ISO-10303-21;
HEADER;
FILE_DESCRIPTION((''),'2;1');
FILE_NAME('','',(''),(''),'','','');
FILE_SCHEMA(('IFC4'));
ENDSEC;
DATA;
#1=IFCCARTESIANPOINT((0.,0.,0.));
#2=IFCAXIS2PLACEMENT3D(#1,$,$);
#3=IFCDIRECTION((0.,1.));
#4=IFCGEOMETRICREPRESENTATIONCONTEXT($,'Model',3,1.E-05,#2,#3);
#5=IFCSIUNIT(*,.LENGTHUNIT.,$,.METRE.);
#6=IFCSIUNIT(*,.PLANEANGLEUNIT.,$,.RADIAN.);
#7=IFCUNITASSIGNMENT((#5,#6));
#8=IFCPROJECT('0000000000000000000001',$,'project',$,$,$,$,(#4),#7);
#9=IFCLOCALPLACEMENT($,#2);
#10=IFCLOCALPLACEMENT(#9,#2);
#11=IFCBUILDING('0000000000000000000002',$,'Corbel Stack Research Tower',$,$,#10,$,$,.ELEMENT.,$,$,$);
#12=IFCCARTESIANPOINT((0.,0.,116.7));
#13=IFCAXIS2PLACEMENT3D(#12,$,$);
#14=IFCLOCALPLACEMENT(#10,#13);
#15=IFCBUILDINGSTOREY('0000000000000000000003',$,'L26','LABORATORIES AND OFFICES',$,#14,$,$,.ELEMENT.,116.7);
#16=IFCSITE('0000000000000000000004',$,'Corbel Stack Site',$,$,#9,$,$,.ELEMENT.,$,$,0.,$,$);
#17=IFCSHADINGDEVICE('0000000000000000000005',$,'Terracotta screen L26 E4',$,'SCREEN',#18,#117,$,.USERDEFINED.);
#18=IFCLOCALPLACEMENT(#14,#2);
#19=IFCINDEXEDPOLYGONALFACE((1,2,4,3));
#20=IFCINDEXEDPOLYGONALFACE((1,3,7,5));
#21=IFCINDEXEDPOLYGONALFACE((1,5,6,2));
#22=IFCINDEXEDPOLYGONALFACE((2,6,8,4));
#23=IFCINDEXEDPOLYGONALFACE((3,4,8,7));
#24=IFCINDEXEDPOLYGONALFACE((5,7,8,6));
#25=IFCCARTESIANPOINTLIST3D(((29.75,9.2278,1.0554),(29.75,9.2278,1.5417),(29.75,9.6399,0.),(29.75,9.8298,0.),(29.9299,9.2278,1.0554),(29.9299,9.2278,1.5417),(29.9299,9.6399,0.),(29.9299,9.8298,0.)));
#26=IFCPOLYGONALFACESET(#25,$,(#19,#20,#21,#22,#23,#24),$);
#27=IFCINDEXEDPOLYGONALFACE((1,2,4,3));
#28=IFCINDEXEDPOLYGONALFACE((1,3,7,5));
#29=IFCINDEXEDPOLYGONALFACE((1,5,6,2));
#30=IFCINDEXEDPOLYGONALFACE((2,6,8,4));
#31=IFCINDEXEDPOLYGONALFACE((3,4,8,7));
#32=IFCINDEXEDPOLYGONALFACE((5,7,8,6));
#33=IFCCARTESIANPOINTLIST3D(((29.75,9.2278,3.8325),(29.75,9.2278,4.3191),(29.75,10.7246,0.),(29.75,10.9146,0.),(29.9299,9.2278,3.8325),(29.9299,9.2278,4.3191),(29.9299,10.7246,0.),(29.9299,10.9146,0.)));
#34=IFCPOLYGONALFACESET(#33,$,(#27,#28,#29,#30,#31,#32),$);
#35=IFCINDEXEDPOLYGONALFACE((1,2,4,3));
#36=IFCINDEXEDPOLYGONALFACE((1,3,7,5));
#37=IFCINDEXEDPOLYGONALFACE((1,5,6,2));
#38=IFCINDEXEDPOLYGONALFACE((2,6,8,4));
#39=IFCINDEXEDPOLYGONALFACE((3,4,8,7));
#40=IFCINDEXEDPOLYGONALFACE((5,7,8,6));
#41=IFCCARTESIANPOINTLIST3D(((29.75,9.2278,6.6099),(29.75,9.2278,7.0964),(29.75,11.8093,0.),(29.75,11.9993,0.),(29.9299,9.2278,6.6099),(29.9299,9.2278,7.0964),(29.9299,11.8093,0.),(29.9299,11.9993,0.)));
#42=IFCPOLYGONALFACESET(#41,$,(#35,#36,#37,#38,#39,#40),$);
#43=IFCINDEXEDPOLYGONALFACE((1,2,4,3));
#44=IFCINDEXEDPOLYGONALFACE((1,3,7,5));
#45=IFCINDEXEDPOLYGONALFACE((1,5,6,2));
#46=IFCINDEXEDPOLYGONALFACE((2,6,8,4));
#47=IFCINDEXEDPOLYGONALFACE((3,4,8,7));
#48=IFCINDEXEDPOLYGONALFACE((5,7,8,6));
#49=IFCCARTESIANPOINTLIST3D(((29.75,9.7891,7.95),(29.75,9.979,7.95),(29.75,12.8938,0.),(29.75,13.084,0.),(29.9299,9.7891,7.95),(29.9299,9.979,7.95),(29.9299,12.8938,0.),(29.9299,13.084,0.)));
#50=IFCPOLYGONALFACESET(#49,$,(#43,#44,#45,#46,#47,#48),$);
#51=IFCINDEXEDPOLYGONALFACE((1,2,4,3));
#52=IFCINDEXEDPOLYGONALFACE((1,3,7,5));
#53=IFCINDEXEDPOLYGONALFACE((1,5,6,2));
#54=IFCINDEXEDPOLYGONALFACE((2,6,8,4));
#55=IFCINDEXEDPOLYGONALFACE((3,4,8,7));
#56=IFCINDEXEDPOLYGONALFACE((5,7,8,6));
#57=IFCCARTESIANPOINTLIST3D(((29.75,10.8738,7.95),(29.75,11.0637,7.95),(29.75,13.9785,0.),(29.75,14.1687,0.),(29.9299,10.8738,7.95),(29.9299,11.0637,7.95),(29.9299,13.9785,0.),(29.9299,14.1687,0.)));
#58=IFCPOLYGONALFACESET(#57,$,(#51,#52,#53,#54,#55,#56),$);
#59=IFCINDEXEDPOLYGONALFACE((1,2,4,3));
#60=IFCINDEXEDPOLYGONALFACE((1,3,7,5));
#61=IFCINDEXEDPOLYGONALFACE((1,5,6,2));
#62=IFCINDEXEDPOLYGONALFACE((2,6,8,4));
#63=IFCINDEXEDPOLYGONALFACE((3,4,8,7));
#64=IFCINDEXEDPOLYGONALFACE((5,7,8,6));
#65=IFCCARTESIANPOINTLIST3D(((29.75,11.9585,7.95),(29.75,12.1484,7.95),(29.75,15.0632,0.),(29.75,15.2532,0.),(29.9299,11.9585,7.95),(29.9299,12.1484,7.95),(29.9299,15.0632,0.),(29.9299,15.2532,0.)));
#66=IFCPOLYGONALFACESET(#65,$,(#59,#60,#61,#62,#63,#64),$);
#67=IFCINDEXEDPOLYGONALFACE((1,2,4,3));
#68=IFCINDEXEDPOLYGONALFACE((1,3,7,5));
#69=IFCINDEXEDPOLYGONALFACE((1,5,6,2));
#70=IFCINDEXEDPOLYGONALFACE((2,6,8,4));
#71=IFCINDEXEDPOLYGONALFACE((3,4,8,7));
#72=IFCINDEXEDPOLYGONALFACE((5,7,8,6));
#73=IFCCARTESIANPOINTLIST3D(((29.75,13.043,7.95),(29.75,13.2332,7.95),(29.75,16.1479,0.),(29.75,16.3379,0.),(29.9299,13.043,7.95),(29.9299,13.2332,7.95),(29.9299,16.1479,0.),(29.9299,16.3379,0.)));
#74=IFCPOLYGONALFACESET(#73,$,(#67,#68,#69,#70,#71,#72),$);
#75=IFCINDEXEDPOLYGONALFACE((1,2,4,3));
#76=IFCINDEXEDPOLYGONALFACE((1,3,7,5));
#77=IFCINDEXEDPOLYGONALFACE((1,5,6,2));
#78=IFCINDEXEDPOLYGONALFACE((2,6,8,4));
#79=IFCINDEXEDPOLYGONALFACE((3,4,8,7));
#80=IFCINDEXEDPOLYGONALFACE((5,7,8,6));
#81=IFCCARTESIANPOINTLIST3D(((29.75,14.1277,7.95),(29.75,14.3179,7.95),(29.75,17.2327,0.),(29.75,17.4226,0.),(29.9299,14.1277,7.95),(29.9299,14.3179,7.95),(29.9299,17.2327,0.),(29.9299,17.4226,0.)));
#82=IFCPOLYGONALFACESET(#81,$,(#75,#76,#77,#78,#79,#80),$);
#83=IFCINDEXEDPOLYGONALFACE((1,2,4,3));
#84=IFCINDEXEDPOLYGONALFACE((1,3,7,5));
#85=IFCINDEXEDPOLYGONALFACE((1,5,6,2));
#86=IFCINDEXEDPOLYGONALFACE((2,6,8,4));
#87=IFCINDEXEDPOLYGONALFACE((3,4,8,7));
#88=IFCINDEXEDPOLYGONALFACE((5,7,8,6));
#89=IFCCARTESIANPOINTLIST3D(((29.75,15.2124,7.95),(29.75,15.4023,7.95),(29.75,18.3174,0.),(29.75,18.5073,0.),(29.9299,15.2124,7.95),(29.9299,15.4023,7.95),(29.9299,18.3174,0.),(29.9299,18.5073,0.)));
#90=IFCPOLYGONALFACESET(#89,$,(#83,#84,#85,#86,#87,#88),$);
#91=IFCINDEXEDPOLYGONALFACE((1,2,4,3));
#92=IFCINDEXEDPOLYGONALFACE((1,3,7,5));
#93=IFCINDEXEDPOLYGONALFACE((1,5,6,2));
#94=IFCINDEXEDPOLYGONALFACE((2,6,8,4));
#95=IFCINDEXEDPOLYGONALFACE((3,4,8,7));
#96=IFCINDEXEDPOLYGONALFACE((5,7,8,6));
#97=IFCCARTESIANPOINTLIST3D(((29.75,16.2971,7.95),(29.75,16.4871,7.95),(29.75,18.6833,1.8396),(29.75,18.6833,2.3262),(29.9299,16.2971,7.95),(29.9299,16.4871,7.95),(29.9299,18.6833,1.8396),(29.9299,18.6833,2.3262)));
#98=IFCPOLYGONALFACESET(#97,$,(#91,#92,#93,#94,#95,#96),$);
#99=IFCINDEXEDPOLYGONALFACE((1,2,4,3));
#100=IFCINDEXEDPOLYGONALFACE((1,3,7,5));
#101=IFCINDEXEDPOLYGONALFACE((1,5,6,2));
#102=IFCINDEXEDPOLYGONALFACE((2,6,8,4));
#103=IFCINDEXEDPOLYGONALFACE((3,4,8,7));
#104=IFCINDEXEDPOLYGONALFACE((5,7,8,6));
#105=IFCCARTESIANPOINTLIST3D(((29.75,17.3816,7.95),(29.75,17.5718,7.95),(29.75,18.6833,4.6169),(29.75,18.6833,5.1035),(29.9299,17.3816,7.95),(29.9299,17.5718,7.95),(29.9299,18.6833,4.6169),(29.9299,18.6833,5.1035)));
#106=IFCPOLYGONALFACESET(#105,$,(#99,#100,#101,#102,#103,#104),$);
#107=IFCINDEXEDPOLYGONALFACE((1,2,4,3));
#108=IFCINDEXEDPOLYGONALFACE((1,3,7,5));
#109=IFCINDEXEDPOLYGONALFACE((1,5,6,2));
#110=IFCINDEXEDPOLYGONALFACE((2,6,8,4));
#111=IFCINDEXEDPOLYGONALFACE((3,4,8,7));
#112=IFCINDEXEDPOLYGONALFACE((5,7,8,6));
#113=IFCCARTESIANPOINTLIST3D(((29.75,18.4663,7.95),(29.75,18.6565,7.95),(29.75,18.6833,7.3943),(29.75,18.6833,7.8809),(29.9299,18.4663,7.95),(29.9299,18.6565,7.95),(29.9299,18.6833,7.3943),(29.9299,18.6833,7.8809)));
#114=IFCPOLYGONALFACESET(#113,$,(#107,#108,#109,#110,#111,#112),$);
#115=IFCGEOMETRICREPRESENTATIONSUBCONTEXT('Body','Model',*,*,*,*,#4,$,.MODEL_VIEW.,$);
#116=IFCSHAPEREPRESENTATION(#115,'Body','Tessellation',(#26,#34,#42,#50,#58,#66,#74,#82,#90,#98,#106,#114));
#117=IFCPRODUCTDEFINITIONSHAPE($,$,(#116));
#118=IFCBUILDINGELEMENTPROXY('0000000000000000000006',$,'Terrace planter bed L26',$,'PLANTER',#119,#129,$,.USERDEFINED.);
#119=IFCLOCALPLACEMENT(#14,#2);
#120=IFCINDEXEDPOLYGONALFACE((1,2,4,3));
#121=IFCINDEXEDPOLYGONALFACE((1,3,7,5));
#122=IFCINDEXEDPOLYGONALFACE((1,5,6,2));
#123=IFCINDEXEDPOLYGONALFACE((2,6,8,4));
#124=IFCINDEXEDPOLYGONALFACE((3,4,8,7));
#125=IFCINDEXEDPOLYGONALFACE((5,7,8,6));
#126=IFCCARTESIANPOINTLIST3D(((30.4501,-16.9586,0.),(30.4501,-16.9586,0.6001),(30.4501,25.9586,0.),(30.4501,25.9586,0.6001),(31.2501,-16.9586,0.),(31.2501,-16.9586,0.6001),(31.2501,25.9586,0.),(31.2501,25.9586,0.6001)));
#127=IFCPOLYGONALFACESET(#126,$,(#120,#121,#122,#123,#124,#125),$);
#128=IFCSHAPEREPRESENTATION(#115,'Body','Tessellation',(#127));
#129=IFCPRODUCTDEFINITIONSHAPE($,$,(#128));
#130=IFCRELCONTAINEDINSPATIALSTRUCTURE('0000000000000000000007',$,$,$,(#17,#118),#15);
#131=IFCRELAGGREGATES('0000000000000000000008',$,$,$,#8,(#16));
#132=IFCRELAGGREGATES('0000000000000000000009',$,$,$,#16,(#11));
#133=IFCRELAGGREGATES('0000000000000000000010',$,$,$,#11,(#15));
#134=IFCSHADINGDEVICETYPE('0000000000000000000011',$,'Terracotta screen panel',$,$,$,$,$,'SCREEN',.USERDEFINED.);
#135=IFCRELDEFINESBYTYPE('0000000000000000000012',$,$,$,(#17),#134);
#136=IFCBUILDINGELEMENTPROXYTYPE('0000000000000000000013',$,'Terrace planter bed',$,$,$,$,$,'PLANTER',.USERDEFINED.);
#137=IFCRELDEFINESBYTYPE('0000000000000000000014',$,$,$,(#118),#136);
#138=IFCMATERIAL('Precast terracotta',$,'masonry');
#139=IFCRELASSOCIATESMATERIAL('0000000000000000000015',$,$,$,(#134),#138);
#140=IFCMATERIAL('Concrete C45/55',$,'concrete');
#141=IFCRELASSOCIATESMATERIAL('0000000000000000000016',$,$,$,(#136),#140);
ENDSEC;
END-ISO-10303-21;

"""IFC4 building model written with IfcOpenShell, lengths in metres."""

from ifc_helpers import new_model, si_unit, direction, frame, origin, origin_2d, place, context, subcontext, project, spatial, polyline, rectangle, outline, extrude, source, transform, mapped, material, type_object, element, save


model = new_model("IFC4")

# Units and contexts
model_context = context("Model", 3, precision=1e-05, world=origin(), true_north=direction((0.0, 1.0)))
body_context = subcontext(model_context, "Body", "Model", "MODEL_VIEW")
ifc_project = project(units=[si_unit("LENGTHUNIT", "METRE"), si_unit("PLANEANGLEUNIT", "RADIAN")], contexts=[model_context])

# Site, building, storey
site_placement = place(None, origin())
site = spatial("IfcSite", under=ifc_project, at=site_placement, Name="Corbel Stack Site", CompositionType="ELEMENT", RefElevation=0.0)
building_placement = place(site_placement, origin())
building = spatial("IfcBuilding", under=site, at=building_placement, Name="Corbel Stack Research Tower", CompositionType="ELEMENT")
storey_placement = place(building_placement, frame((0.0, 0.0, 116.7)))
storey = spatial("IfcBuildingStorey", under=building, at=storey_placement, Name="L26", Description="LABORATORIES AND OFFICES", CompositionType="ELEMENT", Elevation=116.7)

# Shading device
ifc_material_1 = material(Name="Precast terracotta", Category="masonry")
shading_device_type = type_object("IfcShadingDeviceType", Name="Terracotta screen panel", ElementType="SCREEN", PredefinedType="USERDEFINED", material=ifc_material_1)
shared_shape_1 = source(origin(), body_context, "Body", "SweptSolid", [
    extrude(outline(polyline([(0.6021, 0.0), (0.0, 1.5417), (0.0, 1.0554), (0.4121, 0.0), (0.6021, 0.0)])), frame((0.0, 0.0, 0.0), z_axis=(0.0, -1.0, 0.0), x_axis=(1.0, 0.0, 0.0)), (0.0, 0.0, 1.0), 0.1799),
    extrude(outline(polyline([(1.6868, 0.0), (0.0, 4.3191), (0.0, 3.8325), (1.4968, 0.0), (1.6868, 0.0)])), frame((0.0, 0.0, 0.0), z_axis=(0.0, -1.0, 0.0), x_axis=(1.0, 0.0, 0.0)), (0.0, 0.0, 1.0), 0.1799),
    extrude(outline(polyline([(2.7715, 0.0), (0.0, 7.0964), (0.0, 6.6099), (2.5815, 0.0), (2.7715, 0.0)])), frame((0.0, 0.0, 0.0), z_axis=(0.0, -1.0, 0.0), x_axis=(1.0, 0.0, 0.0)), (0.0, 0.0, 1.0), 0.1799),
    extrude(outline(polyline([(3.8562, 0.0), (0.7512, 7.95), (0.5613, 7.95), (3.666, 0.0), (3.8562, 0.0)])), frame((0.0, 0.0, 0.0), z_axis=(0.0, -1.0, 0.0), x_axis=(1.0, 0.0, 0.0)), (0.0, 0.0, 1.0), 0.1799),
    extrude(outline(polyline([(4.9409, 0.0), (1.8359, 7.95), (1.646, 7.95), (4.7507, 0.0), (4.9409, 0.0)])), frame((0.0, 0.0, 0.0), z_axis=(0.0, -1.0, 0.0), x_axis=(1.0, 0.0, 0.0)), (0.0, 0.0, 1.0), 0.1799),
    extrude(outline(polyline([(6.0254, 0.0), (2.9207, 7.95), (2.7307, 7.95), (5.8354, 0.0), (6.0254, 0.0)])), frame((0.0, 0.0, 0.0), z_axis=(0.0, -1.0, 0.0), x_axis=(1.0, 0.0, 0.0)), (0.0, 0.0, 1.0), 0.1799),
    extrude(outline(polyline([(7.1101, 0.0), (4.0054, 7.95), (3.8152, 7.95), (6.9202, 0.0), (7.1101, 0.0)])), frame((0.0, 0.0, 0.0), z_axis=(0.0, -1.0, 0.0), x_axis=(1.0, 0.0, 0.0)), (0.0, 0.0, 1.0), 0.1799),
    extrude(outline(polyline([(8.1948, 0.0), (5.0901, 7.95), (4.8999, 7.95), (8.0049, 0.0), (8.1948, 0.0)])), frame((0.0, 0.0, 0.0), z_axis=(0.0, -1.0, 0.0), x_axis=(1.0, 0.0, 0.0)), (0.0, 0.0, 1.0), 0.1799),
    extrude(outline(polyline([(9.2795, 0.0), (6.1746, 7.95), (5.9846, 7.95), (9.0896, 0.0), (9.2795, 0.0)])), frame((0.0, 0.0, 0.0), z_axis=(0.0, -1.0, 0.0), x_axis=(1.0, 0.0, 0.0)), (0.0, 0.0, 1.0), 0.1799),
    extrude(outline(polyline([(7.2593, 7.95), (7.0693, 7.95), (9.4556, 1.8396), (9.4556, 2.3262), (7.2593, 7.95)])), frame((0.0, 0.0, 0.0), z_axis=(0.0, -1.0, 0.0), x_axis=(1.0, 0.0, 0.0)), (0.0, 0.0, 1.0), 0.1799),
    extrude(outline(polyline([(8.344, 7.95), (8.1538, 7.95), (9.4556, 4.6169), (9.4556, 5.1035), (8.344, 7.95)])), frame((0.0, 0.0, 0.0), z_axis=(0.0, -1.0, 0.0), x_axis=(1.0, 0.0, 0.0)), (0.0, 0.0, 1.0), 0.1799),
    extrude(outline(polyline([(9.4287, 7.95), (9.2385, 7.95), (9.4556, 7.3943), (9.4556, 7.8809), (9.4287, 7.95)])), frame((0.0, 0.0, 0.0), z_axis=(0.0, -1.0, 0.0), x_axis=(1.0, 0.0, 0.0)), (0.0, 0.0, 1.0), 0.1799),
])
shading_device_1_placement = place(storey_placement, frame((29.75, 9.2278, 0.0), z_axis=(0.0, 0.0, 1.0), x_axis=(0.0, 1.0, 0.0)))
element("IfcShadingDevice", 1, at=shading_device_1_placement, inside=storey, type_object=shading_device_type, Name="Terracotta screen L26 E4", ObjectType="SCREEN", PredefinedType="USERDEFINED", context=body_context, shape_type="MappedRepresentation", body=[
    mapped(shared_shape_1, transform((0.0, 0.0, 0.0))),
])

# Building element proxy
ifc_material_2 = material(Name="Concrete C45/55", Category="concrete")
building_element_proxy_type = type_object("IfcBuildingElementProxyType", Name="Terrace planter bed", ElementType="PLANTER", PredefinedType="USERDEFINED", material=ifc_material_2)
proxy_placement = place(storey_placement, frame((30.8501, 4.5, 0.0), z_axis=(0.0, 0.0, 1.0), x_axis=(0.0, -1.0, 0.0)))
element("IfcBuildingElementProxy", 2, at=proxy_placement, inside=storey, type_object=building_element_proxy_type, Name="Terrace planter bed L26", ObjectType="PLANTER", PredefinedType="USERDEFINED", context=body_context, shape_type="SweptSolid", body=[
    extrude(rectangle(XDim=42.9172, YDim=0.8, at=origin_2d()), origin(), (0.0, 0.0, 1.0), 0.6001),
])

save(model, "model.ifc")
